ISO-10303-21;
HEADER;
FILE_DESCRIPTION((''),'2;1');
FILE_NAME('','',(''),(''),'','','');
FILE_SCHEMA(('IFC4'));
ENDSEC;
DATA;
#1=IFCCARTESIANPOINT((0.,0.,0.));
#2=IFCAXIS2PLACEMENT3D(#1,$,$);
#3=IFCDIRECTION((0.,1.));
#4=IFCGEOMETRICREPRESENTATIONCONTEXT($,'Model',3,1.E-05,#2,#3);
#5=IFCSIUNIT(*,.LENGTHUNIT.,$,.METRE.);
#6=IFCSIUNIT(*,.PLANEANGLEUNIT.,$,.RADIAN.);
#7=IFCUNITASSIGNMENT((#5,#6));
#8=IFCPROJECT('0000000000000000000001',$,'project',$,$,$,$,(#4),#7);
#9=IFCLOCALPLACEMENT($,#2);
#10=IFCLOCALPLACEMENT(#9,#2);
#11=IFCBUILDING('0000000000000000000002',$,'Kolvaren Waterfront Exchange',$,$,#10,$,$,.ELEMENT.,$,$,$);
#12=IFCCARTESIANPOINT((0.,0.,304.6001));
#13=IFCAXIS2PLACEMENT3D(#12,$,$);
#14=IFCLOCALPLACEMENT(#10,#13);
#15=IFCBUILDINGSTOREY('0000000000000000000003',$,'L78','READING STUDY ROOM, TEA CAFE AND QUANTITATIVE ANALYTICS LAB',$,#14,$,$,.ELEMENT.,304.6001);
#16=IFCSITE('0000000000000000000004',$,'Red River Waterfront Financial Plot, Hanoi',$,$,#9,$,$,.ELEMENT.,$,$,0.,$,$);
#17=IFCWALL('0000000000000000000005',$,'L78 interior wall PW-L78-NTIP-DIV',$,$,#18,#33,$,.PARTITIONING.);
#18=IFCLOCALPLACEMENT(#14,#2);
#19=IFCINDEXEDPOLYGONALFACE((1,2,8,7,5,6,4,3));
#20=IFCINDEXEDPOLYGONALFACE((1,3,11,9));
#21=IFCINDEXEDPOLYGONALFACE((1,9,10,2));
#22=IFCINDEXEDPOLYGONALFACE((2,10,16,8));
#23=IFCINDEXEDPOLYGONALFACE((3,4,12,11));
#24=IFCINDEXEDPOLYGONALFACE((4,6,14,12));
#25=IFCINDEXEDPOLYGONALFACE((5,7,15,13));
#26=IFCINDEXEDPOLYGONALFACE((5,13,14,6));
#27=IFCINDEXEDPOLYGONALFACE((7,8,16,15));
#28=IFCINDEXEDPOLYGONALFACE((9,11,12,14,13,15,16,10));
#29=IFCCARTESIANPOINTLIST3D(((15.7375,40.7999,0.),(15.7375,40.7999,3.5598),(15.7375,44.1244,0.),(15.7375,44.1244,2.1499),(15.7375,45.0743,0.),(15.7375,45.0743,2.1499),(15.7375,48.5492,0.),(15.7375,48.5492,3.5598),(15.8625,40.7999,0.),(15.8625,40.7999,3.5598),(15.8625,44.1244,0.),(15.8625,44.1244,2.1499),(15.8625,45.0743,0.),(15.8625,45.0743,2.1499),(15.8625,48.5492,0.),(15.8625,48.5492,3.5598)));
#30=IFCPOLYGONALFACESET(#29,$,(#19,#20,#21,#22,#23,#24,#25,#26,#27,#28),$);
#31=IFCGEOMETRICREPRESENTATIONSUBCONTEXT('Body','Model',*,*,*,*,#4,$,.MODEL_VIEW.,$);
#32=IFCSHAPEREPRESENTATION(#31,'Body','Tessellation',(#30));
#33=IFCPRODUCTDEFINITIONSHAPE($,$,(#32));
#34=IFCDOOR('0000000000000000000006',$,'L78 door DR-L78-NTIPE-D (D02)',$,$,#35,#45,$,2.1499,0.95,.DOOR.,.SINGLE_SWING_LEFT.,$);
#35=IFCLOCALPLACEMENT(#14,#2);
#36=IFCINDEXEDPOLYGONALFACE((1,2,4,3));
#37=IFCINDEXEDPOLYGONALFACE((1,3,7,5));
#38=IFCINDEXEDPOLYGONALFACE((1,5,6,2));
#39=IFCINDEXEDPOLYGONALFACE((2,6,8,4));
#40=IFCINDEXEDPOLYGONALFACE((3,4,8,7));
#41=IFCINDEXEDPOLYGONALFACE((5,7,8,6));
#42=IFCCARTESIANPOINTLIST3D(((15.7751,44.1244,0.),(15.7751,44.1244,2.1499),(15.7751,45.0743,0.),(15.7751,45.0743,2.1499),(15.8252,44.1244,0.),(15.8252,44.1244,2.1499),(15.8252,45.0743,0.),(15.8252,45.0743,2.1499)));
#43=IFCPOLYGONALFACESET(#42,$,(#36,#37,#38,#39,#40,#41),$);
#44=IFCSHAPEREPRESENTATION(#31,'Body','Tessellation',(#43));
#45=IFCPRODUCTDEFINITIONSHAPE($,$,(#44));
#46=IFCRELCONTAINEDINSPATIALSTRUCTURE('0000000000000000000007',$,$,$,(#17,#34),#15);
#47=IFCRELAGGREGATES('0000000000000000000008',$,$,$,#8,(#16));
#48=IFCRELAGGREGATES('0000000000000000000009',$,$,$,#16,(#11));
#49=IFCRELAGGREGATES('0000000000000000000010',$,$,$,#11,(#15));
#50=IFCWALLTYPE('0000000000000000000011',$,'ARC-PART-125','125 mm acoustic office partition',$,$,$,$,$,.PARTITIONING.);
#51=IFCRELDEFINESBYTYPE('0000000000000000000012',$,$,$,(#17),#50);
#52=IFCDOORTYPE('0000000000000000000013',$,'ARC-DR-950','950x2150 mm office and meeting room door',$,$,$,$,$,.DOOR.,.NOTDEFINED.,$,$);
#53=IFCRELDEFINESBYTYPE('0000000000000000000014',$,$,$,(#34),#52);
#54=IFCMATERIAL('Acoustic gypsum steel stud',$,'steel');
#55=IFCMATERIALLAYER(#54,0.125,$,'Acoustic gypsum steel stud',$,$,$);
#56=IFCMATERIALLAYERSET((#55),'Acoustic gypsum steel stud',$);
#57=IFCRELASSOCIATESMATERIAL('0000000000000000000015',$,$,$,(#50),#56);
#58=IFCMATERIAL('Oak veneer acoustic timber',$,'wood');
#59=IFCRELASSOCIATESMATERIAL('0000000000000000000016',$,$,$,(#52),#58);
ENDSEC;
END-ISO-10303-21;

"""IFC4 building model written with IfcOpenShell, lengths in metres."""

from ifc_helpers import new_model, si_unit, direction, frame, frame_2d, origin, place, context, subcontext, project, spatial, rectangle, extrude, material, layer, layer_set, type_object, element, fill, save


model = new_model("IFC4")

# Units and contexts
model_context = context("Model", 3, precision=1e-05, world=origin(), true_north=direction((0.0, 1.0)))
body_context = subcontext(model_context, "Body", "Model", "MODEL_VIEW")
ifc_project = project(units=[si_unit("LENGTHUNIT", "METRE"), si_unit("PLANEANGLEUNIT", "RADIAN")], contexts=[model_context])

# Site, building, storey
site_placement = place(None, origin())
site = spatial("IfcSite", under=ifc_project, at=site_placement, Name="Red River Waterfront Financial Plot, Hanoi", CompositionType="ELEMENT", RefElevation=0.0)
building_placement = place(site_placement, origin())
building = spatial("IfcBuilding", under=site, at=building_placement, Name="Kolvaren Waterfront Exchange", CompositionType="ELEMENT")
storey_placement = place(building_placement, frame((0.0, 0.0, 304.6001)))
storey = spatial("IfcBuildingStorey", under=building, at=storey_placement, Name="L78", Description="READING STUDY ROOM, TEA CAFE AND QUANTITATIVE ANALYTICS LAB", CompositionType="ELEMENT", Elevation=304.6001)

# Wall, opening, door
ifc_material_1 = material(Name="Acoustic gypsum steel stud", Category="steel")
ifc_layer_1 = layer(ifc_material_1, 0.125, Name="Acoustic gypsum steel stud")
ifc_layer_set_1 = layer_set([ifc_layer_1], Name="Acoustic gypsum steel stud")
wall_type_1 = type_object("IfcWallType", Name="ARC-PART-125", Description="125 mm acoustic office partition", PredefinedType="PARTITIONING", material=ifc_layer_set_1)
wall_1_placement = place(storey_placement, frame((15.8, 40.8, 0.0), z_axis=(0.0, 0.0, 1.0), x_axis=(0.0, 1.0, 0.0)))
wall_1 = element("IfcWall", 1, at=wall_1_placement, inside=storey, type_object=wall_type_1, Name="L78 interior wall PW-L78-NTIP-DIV", PredefinedType="PARTITIONING", context=body_context, shape_type="SweptSolid", body=[
    extrude(rectangle(XDim=7.7493, YDim=0.125, at=frame_2d((3.8745, 0.0))), origin(), (0.0, 0.0, 1.0), 3.5598),
])
opening_1_placement = place(wall_1_placement, frame((3.3242, 0.0, 0.0)))
opening_1 = element("IfcOpeningElement", 2, at=opening_1_placement, cuts=wall_1, PredefinedType="OPENING", context=body_context, shape_type="SweptSolid", body=[
    extrude(rectangle(XDim=0.95, YDim=2.1499, at=frame_2d((0.4751, 1.075))), frame((0.0, 0.0725, 0.0), z_axis=(0.0, -1.0, 0.0), x_axis=(1.0, 0.0, 0.0)), (0.0, 0.0, 1.0), 0.145),
])
ifc_material_2 = material(Name="Oak veneer acoustic timber", Category="wood")
door_type_1 = type_object("IfcDoorType", Name="ARC-DR-950", Description="950x2150 mm office and meeting room door", OperationType="NOTDEFINED", PredefinedType="DOOR", material=ifc_material_2)
door_1_placement = place(opening_1_placement, origin())
door_1 = element("IfcDoor", 3, at=door_1_placement, inside=storey, type_object=door_type_1, Name="L78 door DR-L78-NTIPE-D (D02)", OperationType="SINGLE_SWING_LEFT", OverallHeight=2.1499, OverallWidth=0.95, PredefinedType="DOOR", context=body_context, shape_type="SweptSolid", body=[
    extrude(rectangle(XDim=0.95, YDim=2.1499, at=frame_2d((0.4751, 1.075))), frame((0.0, 0.0249, 0.0), z_axis=(0.0, -1.0, 0.0), x_axis=(1.0, 0.0, 0.0)), (0.0, 0.0, 1.0), 0.05),
])
fill(opening_1, door_1)

save(model, "model.ifc")
